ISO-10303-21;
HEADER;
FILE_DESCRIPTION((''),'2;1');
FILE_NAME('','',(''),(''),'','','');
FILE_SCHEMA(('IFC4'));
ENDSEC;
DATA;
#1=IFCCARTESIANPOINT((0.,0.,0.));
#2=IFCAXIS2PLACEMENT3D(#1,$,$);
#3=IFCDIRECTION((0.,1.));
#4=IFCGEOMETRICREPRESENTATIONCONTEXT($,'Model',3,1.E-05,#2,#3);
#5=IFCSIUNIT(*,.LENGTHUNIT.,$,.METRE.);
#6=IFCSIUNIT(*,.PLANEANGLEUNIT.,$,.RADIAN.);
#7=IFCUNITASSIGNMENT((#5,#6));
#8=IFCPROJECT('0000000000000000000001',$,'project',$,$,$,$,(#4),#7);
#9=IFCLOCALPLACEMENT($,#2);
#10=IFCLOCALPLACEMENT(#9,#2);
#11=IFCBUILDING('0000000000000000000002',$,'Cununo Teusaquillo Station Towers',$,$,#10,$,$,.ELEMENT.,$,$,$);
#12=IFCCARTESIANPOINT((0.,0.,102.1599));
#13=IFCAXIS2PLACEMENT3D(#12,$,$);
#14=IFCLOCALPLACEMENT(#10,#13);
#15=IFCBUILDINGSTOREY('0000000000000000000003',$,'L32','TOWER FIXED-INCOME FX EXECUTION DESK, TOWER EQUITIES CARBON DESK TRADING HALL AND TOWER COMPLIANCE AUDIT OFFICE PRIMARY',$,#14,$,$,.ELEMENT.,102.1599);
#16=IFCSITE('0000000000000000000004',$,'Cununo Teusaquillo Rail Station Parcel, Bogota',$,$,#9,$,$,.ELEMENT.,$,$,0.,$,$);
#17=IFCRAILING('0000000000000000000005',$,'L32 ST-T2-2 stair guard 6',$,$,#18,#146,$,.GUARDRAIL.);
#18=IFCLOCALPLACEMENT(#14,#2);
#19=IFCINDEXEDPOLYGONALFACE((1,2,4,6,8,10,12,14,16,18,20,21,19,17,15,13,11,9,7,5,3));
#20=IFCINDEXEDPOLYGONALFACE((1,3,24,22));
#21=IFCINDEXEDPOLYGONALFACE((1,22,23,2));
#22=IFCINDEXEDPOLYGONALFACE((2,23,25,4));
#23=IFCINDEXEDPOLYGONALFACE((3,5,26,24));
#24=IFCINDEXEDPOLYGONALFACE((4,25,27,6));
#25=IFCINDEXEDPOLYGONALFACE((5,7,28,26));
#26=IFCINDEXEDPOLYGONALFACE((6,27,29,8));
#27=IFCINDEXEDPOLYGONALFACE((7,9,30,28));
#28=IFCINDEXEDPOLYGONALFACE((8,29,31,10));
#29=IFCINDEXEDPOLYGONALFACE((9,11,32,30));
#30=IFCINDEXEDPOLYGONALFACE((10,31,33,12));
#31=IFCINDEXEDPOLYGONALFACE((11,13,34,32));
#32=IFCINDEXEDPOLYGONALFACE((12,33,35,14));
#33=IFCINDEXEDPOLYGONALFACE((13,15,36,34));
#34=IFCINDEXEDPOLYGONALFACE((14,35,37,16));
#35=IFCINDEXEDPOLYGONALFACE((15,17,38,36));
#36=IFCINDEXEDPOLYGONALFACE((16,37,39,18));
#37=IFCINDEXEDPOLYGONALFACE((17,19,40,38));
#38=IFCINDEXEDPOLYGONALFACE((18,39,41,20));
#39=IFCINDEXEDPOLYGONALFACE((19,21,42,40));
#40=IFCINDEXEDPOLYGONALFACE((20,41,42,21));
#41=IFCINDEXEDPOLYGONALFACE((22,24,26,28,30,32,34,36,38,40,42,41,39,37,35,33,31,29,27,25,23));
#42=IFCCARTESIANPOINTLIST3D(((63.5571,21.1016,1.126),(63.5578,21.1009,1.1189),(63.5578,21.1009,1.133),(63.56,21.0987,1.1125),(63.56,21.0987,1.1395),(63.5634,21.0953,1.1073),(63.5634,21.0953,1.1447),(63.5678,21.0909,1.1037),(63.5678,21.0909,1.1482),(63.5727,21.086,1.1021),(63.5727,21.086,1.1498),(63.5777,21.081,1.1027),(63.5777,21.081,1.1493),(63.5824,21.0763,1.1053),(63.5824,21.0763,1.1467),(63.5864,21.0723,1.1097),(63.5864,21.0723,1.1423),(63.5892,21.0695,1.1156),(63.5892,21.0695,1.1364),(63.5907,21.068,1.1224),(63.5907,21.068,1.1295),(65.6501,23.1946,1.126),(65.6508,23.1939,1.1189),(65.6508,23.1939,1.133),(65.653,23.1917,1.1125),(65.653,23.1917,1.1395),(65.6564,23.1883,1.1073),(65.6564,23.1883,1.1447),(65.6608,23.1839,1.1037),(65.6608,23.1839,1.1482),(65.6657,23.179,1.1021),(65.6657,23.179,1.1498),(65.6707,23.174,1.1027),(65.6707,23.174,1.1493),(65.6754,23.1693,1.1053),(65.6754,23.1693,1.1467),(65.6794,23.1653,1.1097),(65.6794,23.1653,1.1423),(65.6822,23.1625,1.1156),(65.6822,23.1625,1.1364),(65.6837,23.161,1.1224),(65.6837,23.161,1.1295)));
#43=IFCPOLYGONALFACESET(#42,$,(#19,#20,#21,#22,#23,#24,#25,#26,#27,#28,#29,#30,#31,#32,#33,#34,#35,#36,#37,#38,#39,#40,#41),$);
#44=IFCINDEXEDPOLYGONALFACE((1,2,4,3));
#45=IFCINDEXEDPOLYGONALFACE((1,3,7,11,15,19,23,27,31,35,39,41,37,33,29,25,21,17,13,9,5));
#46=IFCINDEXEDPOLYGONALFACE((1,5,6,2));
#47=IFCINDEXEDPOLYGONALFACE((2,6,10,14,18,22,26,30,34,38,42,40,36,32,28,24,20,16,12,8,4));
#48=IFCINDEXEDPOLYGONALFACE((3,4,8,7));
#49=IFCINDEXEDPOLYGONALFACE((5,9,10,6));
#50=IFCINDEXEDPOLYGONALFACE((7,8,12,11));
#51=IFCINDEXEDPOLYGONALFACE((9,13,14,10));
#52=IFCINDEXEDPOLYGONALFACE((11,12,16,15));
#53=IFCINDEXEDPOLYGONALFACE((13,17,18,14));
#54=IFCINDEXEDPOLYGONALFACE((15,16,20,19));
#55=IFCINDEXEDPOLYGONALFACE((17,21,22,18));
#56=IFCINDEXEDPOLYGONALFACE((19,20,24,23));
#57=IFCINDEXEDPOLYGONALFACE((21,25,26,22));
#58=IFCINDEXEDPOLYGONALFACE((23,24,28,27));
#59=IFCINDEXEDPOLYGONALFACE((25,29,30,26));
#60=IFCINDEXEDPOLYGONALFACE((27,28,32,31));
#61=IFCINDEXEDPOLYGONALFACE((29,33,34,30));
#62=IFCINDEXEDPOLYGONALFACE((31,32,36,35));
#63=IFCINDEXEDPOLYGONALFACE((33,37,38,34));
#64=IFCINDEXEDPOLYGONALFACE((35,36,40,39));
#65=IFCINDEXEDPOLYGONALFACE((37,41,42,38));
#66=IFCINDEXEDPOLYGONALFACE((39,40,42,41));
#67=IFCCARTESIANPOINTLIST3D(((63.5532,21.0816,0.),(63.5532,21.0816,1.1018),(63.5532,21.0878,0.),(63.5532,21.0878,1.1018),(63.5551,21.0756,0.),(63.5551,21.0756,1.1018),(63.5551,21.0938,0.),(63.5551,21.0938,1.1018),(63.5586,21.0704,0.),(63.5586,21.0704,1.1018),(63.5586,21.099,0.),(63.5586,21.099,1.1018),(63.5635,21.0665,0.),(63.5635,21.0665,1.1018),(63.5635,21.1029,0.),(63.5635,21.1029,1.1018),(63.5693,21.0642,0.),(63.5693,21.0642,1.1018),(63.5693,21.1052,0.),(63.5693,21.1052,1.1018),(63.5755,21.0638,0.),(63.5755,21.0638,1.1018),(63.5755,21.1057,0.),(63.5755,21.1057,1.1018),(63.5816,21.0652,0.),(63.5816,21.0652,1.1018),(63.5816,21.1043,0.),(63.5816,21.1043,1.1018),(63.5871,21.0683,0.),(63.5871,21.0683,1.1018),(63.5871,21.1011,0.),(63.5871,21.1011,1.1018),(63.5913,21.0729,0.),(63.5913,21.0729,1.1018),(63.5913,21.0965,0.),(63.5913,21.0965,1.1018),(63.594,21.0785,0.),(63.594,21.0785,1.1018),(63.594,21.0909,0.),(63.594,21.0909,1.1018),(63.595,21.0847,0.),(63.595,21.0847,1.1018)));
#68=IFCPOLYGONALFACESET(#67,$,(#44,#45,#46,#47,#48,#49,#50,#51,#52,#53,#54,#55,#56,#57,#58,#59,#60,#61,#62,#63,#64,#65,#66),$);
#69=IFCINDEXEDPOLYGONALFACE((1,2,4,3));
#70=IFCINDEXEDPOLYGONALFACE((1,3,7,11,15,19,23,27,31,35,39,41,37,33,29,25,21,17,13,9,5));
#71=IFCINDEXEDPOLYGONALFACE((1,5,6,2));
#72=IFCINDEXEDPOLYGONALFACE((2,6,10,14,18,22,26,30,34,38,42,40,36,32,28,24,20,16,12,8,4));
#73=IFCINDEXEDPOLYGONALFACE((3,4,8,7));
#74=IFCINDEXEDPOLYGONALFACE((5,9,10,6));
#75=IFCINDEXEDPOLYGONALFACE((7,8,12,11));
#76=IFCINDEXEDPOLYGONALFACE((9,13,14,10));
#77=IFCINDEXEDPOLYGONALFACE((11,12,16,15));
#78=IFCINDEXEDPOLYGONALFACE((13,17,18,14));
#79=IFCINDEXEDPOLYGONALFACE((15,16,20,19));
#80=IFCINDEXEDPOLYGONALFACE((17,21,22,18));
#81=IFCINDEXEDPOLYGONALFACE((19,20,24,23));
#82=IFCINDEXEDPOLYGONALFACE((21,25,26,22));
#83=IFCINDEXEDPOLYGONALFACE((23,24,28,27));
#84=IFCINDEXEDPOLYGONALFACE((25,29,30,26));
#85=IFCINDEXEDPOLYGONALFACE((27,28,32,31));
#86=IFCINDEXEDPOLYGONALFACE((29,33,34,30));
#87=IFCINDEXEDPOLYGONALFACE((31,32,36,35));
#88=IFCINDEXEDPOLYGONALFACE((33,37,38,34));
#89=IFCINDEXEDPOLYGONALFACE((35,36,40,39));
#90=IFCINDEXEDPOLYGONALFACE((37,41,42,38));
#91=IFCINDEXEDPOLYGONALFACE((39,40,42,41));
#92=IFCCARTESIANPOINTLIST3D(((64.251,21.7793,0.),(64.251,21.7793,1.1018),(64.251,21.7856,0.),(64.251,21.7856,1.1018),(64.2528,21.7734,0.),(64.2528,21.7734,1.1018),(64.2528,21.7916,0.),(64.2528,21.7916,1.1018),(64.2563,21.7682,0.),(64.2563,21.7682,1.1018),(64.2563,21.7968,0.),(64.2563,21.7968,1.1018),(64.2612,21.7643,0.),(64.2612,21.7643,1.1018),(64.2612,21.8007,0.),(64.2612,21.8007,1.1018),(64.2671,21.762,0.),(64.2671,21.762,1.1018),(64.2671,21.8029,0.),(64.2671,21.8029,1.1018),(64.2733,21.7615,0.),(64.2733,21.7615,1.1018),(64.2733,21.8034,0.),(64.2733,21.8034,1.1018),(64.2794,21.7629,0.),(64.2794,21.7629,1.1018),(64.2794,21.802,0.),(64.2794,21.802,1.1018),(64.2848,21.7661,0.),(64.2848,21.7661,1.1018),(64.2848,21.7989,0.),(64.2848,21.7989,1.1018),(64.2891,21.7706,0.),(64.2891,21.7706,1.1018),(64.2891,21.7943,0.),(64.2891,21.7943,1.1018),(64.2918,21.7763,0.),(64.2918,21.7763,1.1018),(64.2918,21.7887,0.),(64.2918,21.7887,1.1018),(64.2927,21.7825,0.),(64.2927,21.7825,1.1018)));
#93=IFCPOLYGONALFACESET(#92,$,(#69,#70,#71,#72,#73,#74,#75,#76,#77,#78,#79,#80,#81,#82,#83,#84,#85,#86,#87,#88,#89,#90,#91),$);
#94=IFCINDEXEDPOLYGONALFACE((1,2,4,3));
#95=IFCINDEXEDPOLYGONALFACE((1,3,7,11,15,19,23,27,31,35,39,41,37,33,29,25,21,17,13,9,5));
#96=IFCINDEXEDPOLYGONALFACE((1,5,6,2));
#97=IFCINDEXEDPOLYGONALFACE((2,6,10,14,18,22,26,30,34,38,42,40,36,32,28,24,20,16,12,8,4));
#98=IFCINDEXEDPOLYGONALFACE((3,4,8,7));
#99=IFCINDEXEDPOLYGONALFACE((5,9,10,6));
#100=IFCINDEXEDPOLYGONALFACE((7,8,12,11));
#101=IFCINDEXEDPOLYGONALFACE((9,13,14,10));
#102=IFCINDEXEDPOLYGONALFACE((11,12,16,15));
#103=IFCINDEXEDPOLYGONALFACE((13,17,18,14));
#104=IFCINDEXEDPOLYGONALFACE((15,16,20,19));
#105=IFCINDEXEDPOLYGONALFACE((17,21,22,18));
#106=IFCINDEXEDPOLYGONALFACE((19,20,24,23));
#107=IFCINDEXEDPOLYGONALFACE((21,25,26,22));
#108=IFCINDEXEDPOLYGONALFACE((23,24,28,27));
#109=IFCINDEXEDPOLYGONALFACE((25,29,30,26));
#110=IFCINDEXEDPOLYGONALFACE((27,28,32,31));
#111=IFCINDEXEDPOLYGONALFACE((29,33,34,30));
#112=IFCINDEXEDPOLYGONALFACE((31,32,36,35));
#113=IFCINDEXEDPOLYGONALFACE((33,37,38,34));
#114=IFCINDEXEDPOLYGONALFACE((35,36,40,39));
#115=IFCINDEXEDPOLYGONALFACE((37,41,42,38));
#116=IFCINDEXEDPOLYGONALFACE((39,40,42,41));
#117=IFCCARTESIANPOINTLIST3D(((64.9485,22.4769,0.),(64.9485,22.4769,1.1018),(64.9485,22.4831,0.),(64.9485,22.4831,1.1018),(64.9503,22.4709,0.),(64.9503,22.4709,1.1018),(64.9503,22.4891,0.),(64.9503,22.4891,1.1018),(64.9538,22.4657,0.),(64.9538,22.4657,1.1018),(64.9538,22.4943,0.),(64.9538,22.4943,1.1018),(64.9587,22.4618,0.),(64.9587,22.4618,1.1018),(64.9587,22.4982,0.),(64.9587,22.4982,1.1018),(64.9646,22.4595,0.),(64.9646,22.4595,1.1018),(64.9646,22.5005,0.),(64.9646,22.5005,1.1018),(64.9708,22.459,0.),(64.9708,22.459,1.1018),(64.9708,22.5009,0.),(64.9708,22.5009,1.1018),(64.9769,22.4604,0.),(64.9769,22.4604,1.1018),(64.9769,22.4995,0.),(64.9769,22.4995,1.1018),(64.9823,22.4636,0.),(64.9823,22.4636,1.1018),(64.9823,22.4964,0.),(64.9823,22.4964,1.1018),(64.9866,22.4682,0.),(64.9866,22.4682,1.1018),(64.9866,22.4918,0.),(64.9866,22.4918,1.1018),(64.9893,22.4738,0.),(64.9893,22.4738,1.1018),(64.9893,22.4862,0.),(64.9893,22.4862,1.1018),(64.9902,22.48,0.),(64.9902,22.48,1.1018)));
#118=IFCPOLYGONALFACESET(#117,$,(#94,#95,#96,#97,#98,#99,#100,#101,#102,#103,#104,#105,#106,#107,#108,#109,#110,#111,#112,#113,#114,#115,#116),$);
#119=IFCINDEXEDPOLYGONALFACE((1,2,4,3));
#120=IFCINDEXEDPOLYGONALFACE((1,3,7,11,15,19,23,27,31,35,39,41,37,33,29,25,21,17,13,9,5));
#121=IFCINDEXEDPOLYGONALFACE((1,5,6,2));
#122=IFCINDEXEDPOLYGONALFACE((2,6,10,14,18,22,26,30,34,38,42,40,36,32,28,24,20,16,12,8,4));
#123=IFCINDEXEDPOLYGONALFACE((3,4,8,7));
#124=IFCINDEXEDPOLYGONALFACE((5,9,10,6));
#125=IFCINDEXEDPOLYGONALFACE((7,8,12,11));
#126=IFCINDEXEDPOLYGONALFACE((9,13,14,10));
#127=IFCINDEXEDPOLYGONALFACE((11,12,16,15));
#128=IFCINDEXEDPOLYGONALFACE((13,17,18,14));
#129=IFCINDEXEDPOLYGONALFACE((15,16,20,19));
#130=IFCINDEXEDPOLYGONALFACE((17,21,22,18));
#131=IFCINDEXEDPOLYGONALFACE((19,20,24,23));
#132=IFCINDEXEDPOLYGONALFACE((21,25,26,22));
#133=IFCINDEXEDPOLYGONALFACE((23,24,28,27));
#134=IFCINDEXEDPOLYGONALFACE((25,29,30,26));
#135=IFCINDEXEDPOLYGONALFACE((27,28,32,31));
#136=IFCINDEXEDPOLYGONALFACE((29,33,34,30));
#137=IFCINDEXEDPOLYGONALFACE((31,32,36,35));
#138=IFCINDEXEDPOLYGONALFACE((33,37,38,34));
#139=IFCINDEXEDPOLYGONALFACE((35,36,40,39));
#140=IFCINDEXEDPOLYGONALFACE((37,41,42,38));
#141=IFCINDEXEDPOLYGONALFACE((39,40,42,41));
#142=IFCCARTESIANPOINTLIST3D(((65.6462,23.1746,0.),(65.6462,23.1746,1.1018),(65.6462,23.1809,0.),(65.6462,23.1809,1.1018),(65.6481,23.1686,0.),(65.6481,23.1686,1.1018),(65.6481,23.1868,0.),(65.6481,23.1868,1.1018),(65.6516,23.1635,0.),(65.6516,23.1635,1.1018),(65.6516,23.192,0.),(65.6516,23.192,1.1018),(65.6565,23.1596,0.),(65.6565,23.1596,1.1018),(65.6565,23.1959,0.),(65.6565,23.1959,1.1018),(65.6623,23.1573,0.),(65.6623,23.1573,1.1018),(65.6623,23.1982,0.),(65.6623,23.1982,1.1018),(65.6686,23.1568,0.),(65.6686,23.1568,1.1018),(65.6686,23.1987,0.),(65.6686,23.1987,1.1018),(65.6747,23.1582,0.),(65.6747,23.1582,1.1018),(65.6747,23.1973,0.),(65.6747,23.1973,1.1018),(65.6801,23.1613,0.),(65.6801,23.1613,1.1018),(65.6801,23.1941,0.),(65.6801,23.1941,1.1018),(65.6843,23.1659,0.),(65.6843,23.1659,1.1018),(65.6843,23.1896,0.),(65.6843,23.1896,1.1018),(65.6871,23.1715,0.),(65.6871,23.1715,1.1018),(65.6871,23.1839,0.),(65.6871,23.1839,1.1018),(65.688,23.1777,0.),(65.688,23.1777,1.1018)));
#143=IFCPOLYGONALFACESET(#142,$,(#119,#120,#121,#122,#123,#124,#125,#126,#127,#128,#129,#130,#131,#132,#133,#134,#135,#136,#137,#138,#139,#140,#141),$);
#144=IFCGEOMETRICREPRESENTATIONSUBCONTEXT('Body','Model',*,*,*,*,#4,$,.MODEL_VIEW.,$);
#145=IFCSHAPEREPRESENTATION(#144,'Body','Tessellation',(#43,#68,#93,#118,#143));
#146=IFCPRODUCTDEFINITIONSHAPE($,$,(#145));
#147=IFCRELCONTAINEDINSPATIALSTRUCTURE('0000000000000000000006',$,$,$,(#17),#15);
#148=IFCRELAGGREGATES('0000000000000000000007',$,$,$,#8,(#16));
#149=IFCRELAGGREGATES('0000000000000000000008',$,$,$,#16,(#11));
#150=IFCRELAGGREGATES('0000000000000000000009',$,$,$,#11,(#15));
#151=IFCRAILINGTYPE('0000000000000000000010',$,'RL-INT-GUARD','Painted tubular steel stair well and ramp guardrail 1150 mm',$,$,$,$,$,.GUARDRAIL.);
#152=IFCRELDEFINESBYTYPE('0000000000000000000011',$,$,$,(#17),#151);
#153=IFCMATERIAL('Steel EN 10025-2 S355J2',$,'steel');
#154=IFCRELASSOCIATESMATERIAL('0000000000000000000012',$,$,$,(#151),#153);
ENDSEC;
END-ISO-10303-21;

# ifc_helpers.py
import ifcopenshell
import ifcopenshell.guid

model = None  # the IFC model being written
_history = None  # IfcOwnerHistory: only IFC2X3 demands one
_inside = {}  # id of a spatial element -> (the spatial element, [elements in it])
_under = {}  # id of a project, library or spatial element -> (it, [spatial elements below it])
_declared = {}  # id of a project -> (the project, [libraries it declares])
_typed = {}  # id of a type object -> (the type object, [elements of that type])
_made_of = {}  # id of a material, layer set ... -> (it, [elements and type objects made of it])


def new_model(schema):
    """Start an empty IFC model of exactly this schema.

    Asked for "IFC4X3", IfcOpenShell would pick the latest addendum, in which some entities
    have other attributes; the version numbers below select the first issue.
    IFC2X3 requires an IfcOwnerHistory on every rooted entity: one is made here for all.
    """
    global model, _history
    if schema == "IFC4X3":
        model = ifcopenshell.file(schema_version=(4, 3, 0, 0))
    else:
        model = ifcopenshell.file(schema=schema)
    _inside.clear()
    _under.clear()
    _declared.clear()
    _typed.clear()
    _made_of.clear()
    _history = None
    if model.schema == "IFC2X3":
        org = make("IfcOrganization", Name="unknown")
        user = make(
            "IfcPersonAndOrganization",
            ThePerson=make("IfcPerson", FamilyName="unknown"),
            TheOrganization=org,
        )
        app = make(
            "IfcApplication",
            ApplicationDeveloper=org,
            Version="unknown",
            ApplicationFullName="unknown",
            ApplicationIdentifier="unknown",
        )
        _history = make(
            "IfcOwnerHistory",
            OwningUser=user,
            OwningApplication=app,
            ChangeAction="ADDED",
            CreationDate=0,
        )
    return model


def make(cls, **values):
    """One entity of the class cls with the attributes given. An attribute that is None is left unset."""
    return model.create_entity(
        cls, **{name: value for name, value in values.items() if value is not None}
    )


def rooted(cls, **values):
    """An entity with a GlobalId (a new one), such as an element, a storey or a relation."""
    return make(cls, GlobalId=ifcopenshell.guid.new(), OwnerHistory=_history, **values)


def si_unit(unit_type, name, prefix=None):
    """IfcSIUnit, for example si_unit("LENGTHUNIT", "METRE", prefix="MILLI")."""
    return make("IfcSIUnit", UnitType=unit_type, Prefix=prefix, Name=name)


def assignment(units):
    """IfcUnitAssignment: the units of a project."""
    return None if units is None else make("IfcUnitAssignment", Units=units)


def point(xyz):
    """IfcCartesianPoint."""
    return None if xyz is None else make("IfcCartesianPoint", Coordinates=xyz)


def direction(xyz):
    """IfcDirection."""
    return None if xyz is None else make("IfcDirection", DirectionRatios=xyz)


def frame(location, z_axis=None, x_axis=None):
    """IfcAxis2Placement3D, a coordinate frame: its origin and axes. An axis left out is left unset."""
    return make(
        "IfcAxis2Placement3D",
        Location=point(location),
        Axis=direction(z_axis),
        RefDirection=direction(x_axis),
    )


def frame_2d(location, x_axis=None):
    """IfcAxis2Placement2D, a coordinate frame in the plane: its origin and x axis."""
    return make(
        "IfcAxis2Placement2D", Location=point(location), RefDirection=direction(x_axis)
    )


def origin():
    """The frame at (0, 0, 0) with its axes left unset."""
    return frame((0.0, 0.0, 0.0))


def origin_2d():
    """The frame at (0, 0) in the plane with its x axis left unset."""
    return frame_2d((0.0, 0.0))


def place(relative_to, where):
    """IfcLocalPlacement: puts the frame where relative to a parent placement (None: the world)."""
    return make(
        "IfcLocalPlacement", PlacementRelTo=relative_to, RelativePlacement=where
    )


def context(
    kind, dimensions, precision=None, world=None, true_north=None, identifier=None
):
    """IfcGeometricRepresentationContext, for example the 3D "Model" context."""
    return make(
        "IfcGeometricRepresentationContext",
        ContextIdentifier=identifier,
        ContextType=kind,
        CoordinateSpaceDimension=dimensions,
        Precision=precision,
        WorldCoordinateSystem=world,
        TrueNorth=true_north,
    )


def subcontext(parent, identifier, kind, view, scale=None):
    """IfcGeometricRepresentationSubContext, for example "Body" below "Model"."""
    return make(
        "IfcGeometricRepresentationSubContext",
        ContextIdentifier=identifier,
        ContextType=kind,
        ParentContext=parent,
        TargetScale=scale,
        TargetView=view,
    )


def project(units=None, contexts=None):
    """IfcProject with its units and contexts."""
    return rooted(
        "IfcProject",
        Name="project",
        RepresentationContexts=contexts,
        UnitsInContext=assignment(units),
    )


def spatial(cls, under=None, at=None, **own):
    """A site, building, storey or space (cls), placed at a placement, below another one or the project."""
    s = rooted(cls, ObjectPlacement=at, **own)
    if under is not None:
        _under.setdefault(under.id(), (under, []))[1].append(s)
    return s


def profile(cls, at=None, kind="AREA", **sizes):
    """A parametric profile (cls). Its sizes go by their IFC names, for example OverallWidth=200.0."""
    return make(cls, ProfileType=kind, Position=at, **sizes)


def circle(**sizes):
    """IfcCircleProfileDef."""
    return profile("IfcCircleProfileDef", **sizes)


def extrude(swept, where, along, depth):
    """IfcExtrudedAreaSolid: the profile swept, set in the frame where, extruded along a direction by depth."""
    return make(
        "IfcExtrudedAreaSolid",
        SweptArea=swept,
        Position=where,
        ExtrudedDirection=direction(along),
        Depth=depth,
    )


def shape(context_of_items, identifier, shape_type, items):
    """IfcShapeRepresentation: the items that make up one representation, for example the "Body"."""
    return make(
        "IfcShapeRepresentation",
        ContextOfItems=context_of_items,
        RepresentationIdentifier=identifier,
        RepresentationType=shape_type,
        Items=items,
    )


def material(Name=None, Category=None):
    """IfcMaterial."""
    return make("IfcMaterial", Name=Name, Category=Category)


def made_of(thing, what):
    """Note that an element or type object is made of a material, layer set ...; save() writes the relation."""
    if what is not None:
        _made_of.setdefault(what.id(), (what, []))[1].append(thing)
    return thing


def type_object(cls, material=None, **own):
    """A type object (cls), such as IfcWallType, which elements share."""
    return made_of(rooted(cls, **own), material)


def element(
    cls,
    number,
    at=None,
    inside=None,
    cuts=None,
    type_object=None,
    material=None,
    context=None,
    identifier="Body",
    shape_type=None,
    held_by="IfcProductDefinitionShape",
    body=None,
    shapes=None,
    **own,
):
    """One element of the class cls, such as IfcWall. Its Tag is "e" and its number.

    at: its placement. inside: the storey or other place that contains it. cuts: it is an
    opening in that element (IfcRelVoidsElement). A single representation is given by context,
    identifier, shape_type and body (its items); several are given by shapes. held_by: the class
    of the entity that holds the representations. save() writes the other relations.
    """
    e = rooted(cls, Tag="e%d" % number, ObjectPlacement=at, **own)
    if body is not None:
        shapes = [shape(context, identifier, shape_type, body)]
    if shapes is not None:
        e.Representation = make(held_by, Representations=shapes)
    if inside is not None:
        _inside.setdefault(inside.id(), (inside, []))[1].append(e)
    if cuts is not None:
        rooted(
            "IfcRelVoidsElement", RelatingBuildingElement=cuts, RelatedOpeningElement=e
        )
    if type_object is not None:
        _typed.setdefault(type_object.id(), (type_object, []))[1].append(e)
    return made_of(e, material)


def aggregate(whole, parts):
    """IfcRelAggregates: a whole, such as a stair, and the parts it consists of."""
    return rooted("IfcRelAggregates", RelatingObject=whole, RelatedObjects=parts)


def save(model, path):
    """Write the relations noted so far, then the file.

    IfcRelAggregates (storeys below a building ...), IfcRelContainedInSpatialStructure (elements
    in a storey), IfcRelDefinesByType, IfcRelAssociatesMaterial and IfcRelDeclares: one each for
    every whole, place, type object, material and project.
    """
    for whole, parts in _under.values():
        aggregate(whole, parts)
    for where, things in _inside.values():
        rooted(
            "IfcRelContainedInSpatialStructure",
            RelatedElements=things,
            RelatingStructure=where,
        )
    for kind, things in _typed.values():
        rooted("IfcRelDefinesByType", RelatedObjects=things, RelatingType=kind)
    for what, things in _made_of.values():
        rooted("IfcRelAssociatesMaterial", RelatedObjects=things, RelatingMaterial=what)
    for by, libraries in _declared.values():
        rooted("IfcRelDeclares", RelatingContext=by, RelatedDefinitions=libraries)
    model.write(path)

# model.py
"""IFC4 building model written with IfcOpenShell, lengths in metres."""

from ifc_helpers import new_model, si_unit, direction, frame, origin, origin_2d, place, context, subcontext, project, spatial, circle, extrude, material, type_object, element, save


model = new_model("IFC4")

# Units and contexts
model_context = context("Model", 3, precision=1e-05, world=origin(), true_north=direction((0.0, 1.0)))
body_context = subcontext(model_context, "Body", "Model", "MODEL_VIEW")
ifc_project = project(units=[si_unit("LENGTHUNIT", "METRE"), si_unit("PLANEANGLEUNIT", "RADIAN")], contexts=[model_context])

# Site, building, storey
site_placement = place(None, origin())
site = spatial("IfcSite", under=ifc_project, at=site_placement, Name="Cununo Teusaquillo Rail Station Parcel, Bogota", CompositionType="ELEMENT", RefElevation=0.0)
building_placement = place(site_placement, origin())
building = spatial("IfcBuilding", under=site, at=building_placement, Name="Cununo Teusaquillo Station Towers", CompositionType="ELEMENT")
storey_placement = place(building_placement, frame((0.0, 0.0, 102.1599)))
storey = spatial("IfcBuildingStorey", under=building, at=storey_placement, Name="L32", Description="TOWER FIXED-INCOME FX EXECUTION DESK, TOWER EQUITIES CARBON DESK TRADING HALL AND TOWER COMPLIANCE AUDIT OFFICE PRIMARY", CompositionType="ELEMENT", Elevation=102.1599)

# Railing
ifc_material_1 = material(Name="Steel EN 10025-2 S355J2", Category="steel")
railing_type = type_object("IfcRailingType", Name="RL-INT-GUARD", Description="Painted tubular steel stair well and ramp guardrail 1150 mm", PredefinedType="GUARDRAIL", material=ifc_material_1)
railing_1_placement = place(storey_placement, frame((63.574, 21.0847, 0.0)))
element("IfcRailing", 1, at=railing_1_placement, inside=storey, type_object=railing_type, Name="L32 ST-T2-2 stair guard 6", PredefinedType="GUARDRAIL", context=body_context, shape_type="SweptSolid", body=[
    extrude(circle(Radius=0.0239, at=origin_2d()), frame((0.0, 0.0, 1.126), z_axis=(0.707107, 0.707107, 0.0), x_axis=(-0.707107, 0.707107, 0.0)), (0.0, 0.0, 1.0), 2.96),
    extrude(circle(Radius=0.021, at=origin_2d()), origin(), (0.0, 0.0, 1.0), 1.1018),
    extrude(circle(Radius=0.021, at=origin_2d()), frame((0.6978, 0.6978, 0.0)), (0.0, 0.0, 1.0), 1.1018),
    extrude(circle(Radius=0.021, at=origin_2d()), frame((1.3953, 1.3953, 0.0)), (0.0, 0.0, 1.0), 1.1018),
    extrude(circle(Radius=0.021, at=origin_2d()), frame((2.093, 2.093, 0.0)), (0.0, 0.0, 1.0), 1.1018),
])

save(model, "model.ifc")
